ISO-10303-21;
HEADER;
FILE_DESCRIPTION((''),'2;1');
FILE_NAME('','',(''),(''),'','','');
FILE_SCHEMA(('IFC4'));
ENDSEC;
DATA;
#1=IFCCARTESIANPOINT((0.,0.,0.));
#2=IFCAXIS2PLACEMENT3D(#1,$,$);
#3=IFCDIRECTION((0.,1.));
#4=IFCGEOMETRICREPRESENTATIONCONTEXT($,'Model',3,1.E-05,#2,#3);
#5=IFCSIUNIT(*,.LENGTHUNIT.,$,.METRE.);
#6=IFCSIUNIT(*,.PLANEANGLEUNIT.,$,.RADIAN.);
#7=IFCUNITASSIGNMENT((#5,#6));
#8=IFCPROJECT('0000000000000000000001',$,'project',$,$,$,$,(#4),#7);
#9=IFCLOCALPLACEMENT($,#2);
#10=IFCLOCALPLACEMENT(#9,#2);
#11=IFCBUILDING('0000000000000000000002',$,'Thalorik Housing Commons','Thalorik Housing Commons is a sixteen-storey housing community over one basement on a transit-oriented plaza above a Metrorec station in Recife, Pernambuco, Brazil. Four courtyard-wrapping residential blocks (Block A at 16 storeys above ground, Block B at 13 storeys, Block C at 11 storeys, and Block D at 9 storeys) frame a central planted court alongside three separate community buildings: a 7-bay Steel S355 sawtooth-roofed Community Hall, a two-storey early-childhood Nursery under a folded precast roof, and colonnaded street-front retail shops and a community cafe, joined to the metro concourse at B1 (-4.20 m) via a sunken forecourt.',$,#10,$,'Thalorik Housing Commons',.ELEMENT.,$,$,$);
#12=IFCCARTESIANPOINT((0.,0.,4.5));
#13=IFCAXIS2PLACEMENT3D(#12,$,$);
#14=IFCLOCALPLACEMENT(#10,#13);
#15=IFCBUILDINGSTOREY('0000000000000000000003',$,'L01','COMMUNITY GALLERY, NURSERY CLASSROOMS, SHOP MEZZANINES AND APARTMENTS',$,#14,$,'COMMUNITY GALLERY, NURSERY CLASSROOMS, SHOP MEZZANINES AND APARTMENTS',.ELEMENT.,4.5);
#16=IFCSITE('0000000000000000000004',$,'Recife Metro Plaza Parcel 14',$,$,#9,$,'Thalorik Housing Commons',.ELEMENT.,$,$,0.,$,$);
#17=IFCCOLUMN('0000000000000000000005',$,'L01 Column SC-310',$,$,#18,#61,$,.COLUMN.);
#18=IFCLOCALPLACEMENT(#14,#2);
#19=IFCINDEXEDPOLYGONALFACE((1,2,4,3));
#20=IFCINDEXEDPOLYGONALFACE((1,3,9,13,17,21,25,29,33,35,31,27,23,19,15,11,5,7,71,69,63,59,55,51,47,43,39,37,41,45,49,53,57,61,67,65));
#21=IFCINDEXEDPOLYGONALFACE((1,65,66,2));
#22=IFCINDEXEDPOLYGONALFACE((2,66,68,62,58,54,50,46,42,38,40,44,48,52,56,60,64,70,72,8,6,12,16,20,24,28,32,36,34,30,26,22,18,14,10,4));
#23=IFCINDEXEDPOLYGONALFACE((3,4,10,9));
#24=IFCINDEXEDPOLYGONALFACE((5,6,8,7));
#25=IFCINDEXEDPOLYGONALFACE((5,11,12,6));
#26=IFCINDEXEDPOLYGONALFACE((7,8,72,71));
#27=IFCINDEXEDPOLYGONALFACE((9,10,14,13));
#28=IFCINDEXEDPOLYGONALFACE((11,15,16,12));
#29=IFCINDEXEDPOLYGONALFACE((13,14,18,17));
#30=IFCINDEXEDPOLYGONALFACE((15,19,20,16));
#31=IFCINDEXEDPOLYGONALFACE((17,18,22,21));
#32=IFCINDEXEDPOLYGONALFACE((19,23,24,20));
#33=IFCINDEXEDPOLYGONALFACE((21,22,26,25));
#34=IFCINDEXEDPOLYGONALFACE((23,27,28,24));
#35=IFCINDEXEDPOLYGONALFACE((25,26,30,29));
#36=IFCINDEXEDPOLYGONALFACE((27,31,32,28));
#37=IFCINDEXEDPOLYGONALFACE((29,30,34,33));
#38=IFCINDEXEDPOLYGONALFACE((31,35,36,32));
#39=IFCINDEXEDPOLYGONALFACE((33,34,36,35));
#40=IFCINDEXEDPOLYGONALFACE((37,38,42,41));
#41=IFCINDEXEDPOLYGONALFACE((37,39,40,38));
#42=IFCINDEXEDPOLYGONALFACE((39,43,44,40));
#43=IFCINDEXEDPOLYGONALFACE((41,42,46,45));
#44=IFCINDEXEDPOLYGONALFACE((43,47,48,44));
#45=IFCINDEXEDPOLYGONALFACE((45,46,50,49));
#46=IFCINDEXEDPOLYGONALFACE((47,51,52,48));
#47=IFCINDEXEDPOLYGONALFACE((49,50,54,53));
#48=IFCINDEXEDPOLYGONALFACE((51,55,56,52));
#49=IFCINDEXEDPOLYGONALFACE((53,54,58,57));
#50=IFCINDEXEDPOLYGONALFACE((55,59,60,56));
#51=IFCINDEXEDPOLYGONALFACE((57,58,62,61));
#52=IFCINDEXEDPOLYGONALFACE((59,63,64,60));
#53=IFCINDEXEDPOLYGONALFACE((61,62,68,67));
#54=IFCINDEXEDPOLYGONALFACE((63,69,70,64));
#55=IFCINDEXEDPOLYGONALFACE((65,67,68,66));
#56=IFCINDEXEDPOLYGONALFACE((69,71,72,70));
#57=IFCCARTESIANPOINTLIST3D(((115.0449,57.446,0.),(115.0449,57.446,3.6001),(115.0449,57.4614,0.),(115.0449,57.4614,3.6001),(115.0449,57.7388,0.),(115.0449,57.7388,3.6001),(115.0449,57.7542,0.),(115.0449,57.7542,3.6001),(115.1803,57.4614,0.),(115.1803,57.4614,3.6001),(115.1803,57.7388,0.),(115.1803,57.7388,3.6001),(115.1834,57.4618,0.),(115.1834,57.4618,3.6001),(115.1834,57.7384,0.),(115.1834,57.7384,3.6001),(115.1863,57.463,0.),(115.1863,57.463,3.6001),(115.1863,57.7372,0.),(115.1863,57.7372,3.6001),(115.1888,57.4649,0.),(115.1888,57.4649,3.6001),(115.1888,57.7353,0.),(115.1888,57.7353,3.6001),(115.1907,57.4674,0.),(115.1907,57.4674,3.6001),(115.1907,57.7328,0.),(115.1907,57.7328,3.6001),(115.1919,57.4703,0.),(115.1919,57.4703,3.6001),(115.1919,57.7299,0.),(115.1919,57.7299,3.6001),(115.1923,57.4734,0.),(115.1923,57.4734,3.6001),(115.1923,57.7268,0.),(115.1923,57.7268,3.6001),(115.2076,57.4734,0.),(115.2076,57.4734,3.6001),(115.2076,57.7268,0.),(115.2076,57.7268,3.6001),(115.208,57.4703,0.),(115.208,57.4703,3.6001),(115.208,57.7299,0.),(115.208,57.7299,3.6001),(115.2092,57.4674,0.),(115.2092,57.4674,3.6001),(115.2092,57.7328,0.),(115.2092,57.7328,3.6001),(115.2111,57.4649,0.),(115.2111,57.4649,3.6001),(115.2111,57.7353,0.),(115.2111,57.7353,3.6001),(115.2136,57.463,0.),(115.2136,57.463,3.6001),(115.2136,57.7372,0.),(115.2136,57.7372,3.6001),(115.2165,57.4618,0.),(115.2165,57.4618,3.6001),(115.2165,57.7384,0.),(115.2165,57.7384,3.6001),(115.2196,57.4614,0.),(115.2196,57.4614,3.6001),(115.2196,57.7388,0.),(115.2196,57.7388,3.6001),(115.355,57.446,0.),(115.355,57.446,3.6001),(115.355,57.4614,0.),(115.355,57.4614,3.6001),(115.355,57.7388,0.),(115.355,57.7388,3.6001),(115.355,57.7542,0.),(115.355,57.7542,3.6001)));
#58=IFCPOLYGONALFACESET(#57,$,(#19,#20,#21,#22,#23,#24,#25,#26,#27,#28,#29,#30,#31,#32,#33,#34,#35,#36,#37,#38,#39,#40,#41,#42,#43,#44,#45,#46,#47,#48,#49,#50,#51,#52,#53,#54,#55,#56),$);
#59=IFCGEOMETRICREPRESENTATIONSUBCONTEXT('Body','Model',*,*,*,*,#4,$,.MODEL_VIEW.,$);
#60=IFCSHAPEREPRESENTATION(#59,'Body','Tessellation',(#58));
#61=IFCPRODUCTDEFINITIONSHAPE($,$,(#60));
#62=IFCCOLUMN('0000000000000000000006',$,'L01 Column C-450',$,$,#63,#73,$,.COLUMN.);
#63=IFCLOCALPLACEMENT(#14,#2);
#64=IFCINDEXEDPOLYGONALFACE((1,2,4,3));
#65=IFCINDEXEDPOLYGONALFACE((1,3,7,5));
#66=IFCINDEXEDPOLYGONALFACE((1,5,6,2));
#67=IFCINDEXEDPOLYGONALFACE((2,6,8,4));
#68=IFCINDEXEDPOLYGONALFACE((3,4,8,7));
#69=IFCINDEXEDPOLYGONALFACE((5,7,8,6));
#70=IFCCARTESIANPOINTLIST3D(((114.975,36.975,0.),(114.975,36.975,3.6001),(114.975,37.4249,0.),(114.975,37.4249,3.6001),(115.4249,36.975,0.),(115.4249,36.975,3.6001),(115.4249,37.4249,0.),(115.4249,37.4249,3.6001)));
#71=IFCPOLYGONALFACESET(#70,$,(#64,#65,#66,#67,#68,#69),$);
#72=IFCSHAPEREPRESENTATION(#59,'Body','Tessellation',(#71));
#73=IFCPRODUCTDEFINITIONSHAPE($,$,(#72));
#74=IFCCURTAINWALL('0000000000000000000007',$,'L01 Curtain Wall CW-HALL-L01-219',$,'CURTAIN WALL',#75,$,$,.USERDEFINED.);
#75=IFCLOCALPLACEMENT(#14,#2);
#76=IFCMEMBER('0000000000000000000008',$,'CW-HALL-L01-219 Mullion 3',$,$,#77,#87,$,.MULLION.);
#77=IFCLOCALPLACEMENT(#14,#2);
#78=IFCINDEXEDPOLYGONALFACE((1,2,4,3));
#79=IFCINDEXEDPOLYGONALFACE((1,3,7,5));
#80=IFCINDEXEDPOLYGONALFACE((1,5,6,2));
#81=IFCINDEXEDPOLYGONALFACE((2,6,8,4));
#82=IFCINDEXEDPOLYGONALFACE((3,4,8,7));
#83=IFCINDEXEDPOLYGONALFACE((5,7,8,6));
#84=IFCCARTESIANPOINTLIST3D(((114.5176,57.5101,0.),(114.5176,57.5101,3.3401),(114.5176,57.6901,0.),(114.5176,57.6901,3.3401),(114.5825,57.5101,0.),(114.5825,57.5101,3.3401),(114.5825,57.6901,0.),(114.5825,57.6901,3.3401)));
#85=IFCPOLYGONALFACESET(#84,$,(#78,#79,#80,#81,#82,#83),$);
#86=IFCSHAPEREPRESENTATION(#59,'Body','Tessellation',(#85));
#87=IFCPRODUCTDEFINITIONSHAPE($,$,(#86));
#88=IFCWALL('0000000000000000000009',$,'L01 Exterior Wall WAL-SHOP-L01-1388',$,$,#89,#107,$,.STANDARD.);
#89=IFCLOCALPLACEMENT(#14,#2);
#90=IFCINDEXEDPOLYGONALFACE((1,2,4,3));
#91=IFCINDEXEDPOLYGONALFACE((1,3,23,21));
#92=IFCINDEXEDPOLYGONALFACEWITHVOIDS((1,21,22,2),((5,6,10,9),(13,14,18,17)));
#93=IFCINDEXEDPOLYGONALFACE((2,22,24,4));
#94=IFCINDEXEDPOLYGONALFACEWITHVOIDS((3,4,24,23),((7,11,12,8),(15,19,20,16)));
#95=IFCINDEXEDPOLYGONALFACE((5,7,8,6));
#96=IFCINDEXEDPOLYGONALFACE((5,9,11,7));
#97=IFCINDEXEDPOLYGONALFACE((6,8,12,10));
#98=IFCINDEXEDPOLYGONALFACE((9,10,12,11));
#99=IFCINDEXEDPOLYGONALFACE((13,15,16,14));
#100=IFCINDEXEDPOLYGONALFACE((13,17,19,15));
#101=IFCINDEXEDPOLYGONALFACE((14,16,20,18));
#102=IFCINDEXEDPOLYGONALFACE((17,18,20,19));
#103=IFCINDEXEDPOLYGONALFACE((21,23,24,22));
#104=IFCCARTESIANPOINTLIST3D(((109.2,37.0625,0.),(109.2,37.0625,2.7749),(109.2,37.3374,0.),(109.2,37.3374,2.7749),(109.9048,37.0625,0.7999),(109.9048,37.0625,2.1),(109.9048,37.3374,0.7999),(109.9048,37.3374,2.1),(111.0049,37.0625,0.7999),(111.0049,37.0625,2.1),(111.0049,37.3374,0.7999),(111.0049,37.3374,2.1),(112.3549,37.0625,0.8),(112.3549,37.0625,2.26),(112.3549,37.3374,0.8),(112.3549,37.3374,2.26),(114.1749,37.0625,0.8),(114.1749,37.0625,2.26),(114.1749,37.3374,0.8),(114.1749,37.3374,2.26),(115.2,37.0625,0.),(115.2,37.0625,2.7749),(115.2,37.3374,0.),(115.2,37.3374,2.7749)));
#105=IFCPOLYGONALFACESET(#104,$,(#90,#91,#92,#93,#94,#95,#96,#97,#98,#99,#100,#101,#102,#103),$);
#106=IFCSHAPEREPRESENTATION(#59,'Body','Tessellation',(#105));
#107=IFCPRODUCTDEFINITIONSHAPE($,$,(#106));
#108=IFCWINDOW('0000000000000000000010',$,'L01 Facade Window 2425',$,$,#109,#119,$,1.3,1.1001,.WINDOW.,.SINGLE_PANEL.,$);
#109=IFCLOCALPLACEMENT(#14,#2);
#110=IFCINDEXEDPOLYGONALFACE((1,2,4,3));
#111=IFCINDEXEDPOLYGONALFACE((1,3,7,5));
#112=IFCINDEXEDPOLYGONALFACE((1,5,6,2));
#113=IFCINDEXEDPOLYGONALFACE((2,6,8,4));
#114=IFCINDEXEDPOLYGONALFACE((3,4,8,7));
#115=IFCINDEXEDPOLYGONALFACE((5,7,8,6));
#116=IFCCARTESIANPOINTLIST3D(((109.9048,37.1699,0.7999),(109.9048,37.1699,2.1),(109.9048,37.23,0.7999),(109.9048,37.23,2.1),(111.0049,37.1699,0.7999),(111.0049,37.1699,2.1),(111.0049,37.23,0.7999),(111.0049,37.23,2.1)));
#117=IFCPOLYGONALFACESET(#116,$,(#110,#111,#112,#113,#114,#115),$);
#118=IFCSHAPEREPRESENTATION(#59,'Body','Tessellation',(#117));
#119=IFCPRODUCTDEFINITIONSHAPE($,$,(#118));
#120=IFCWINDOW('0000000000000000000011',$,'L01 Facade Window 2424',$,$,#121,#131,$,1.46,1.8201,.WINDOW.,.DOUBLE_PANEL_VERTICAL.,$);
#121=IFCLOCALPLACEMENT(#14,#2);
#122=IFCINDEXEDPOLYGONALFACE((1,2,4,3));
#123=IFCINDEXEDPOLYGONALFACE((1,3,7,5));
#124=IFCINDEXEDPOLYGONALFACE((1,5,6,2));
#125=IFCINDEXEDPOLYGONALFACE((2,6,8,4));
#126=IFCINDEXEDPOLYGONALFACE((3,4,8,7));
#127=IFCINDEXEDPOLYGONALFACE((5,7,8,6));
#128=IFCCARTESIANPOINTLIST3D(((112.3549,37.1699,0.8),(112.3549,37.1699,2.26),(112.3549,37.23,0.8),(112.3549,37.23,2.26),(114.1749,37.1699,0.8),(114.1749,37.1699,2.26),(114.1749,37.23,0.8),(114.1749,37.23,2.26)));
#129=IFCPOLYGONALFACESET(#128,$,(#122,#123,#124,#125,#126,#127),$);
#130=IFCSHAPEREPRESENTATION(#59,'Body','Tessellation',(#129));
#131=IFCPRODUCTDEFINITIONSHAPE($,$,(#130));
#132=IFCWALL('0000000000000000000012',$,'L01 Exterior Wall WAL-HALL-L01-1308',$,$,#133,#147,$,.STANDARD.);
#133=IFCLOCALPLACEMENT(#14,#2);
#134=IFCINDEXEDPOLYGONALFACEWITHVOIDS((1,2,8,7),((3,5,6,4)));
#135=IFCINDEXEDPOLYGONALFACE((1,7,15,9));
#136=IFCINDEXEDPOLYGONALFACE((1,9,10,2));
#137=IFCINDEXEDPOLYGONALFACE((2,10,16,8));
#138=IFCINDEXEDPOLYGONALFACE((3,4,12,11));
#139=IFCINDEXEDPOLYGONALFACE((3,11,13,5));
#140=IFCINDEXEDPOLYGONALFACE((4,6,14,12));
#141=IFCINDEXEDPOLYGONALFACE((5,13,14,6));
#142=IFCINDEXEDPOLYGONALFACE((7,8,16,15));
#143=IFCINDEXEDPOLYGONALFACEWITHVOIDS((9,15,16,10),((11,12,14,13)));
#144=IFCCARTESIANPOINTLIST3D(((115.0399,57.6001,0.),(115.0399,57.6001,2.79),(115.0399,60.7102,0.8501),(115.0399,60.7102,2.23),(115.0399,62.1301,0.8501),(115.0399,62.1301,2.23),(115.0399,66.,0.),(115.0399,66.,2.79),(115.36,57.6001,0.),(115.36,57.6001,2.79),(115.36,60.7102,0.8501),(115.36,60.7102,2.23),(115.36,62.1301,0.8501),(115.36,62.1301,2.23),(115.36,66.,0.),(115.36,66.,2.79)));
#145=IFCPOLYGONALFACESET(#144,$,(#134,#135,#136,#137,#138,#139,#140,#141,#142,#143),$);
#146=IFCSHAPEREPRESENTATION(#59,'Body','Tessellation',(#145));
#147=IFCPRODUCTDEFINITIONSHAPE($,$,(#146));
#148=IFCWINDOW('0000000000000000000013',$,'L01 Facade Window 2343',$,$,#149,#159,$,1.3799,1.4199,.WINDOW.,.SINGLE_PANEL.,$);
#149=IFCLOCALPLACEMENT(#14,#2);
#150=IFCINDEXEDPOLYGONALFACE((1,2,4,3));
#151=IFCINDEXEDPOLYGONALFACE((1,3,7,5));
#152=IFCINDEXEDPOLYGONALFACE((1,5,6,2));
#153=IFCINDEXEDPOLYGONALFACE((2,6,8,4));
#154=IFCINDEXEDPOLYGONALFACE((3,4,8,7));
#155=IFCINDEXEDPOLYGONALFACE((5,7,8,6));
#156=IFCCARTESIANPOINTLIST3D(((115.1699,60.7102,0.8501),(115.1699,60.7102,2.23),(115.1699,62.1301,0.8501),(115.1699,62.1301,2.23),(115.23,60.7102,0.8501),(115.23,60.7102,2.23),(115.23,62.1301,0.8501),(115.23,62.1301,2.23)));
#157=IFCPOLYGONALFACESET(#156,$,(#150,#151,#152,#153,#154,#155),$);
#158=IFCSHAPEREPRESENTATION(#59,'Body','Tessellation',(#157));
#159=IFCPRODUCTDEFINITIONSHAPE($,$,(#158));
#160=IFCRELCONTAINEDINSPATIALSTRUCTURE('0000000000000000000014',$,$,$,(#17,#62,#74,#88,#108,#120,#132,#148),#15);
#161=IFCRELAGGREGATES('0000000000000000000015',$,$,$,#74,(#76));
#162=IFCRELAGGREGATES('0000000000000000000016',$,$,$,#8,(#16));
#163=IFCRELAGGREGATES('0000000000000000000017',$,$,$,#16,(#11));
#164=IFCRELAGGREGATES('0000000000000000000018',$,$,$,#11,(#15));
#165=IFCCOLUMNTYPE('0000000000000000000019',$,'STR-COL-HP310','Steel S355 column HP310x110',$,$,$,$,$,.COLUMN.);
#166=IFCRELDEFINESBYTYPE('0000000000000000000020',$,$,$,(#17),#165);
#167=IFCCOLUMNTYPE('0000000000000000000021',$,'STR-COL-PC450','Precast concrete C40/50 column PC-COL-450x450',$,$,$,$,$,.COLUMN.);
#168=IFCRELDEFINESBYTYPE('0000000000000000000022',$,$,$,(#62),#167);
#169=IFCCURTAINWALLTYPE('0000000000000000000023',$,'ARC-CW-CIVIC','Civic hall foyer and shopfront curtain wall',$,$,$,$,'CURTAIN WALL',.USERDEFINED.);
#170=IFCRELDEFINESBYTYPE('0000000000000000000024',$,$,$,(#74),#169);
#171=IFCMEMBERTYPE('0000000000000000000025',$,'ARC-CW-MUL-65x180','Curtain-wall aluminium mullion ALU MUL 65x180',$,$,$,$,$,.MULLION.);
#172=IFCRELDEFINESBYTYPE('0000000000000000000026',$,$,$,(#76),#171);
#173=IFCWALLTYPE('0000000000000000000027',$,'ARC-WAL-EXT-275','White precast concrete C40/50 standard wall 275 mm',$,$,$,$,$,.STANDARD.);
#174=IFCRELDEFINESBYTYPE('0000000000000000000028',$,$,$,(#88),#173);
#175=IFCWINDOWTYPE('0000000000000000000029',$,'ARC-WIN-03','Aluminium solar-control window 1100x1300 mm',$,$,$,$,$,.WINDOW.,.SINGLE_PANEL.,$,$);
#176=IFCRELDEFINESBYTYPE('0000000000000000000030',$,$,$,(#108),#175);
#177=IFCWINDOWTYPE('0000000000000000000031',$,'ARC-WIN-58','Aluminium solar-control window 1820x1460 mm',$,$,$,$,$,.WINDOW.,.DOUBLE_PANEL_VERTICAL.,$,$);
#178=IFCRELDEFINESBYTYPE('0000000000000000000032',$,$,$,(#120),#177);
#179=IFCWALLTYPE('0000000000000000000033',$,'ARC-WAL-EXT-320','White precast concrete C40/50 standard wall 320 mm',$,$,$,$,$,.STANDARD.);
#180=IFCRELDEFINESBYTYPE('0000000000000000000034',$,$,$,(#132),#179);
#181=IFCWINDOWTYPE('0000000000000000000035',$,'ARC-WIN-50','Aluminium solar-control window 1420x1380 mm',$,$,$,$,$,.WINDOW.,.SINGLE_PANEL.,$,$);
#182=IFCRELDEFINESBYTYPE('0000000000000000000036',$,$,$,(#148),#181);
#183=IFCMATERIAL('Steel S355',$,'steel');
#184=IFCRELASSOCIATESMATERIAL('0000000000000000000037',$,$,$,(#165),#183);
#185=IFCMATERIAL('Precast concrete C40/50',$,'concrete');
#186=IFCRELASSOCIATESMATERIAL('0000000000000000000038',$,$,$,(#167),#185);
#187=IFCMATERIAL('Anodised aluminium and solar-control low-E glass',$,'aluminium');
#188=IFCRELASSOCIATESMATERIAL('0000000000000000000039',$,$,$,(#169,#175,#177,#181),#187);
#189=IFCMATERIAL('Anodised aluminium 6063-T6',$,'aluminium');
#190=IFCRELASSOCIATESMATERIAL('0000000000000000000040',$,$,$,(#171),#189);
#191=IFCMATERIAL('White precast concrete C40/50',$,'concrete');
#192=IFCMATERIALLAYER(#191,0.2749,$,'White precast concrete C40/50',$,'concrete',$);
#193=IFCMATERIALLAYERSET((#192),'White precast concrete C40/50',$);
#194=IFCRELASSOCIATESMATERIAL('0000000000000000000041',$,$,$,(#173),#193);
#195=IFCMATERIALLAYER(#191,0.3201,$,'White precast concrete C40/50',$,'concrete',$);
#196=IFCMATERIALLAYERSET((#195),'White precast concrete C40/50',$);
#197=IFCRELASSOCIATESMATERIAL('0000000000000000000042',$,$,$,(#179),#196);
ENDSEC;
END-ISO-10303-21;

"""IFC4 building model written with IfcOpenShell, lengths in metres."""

from ifc_helpers import new_model, si_unit, direction, frame, frame_2d, origin, origin_2d, place, context, subcontext, project, spatial, rectangle, i_section, extrude, material, layer, layer_set, material_profile, profile_set, type_object, element, fill, aggregate, save


model = new_model("IFC4")

# Units and contexts
model_context = context("Model", 3, precision=1e-05, world=origin(), true_north=direction((0.0, 1.0)))
body_context = subcontext(model_context, "Body", "Model", "MODEL_VIEW")
ifc_project = project(units=[si_unit("LENGTHUNIT", "METRE"), si_unit("PLANEANGLEUNIT", "RADIAN")], contexts=[model_context])

# Site, building, storey
site_placement = place(None, origin())
site = spatial("IfcSite", under=ifc_project, at=site_placement, Name="Recife Metro Plaza Parcel 14", LongName="Thalorik Housing Commons", CompositionType="ELEMENT", RefElevation=0.0)
building_placement = place(site_placement, origin())
building = spatial("IfcBuilding", under=site, at=building_placement, Name="Thalorik Housing Commons", Description="Thalorik Housing Commons is a sixteen-storey housing community over one basement on a transit-oriented plaza above a Metrorec station in Recife, Pernambuco, Brazil. Four courtyard-wrapping residential blocks (Block A at 16 storeys above ground, Block B at 13 storeys, Block C at 11 storeys, and Block D at 9 storeys) frame a central planted court alongside three separate community buildings: a 7-bay Steel S355 sawtooth-roofed Community Hall, a two-storey early-childhood Nursery under a folded precast roof, and colonnaded street-front retail shops and a community cafe, joined to the metro concourse at B1 (-4.20 m) via a sunken forecourt.", LongName="Thalorik Housing Commons", CompositionType="ELEMENT")
storey_placement = place(building_placement, frame((0.0, 0.0, 4.5)))
storey = spatial("IfcBuildingStorey", under=building, at=storey_placement, Name="L01", Description="COMMUNITY GALLERY, NURSERY CLASSROOMS, SHOP MEZZANINES AND APARTMENTS", LongName="COMMUNITY GALLERY, NURSERY CLASSROOMS, SHOP MEZZANINES AND APARTMENTS", CompositionType="ELEMENT", Elevation=4.5)

# Columns
ifc_material_1 = material(Name="Steel S355", Category="steel")
ifc_material_profile_1 = material_profile(ifc_material_1, i_section(OverallWidth=0.3101, OverallDepth=0.3081, WebThickness=0.0154, FlangeThickness=0.0154, FilletRadius=0.012, at=origin_2d()), Name="HP310x110", Category="steel")
ifc_profile_set_1 = profile_set([ifc_material_profile_1], Name="Steel S355")
column_type_1 = type_object("IfcColumnType", Name="STR-COL-HP310", Description="Steel S355 column HP310x110", PredefinedType="COLUMN", material=ifc_profile_set_1)
column_1_placement = place(storey_placement, frame((115.2, 57.6001, 0.0), z_axis=(0.0, 0.0, 1.0), x_axis=(1.0, 0.0, 0.0)))
element("IfcColumn", 1, at=column_1_placement, inside=storey, type_object=column_type_1, Name="L01 Column SC-310", PredefinedType="COLUMN", context=body_context, shape_type="SweptSolid", body=[
    extrude(i_section(OverallWidth=0.3101, OverallDepth=0.3081, WebThickness=0.0154, FlangeThickness=0.0154, FilletRadius=0.012, at=origin_2d()), origin(), (0.0, 0.0, 1.0), 3.6001),
])
ifc_material_2 = material(Name="Precast concrete C40/50", Category="concrete")
ifc_material_profile_2 = material_profile(ifc_material_2, rectangle(XDim=0.45, YDim=0.45, at=origin_2d()), Name="PC 450x450", Category="concrete")
ifc_profile_set_2 = profile_set([ifc_material_profile_2], Name="Precast concrete C40/50")
column_type_2 = type_object("IfcColumnType", Name="STR-COL-PC450", Description="Precast concrete C40/50 column PC-COL-450x450", PredefinedType="COLUMN", material=ifc_profile_set_2)
column_2_placement = place(storey_placement, frame((115.2, 37.2, 0.0), z_axis=(0.0, 0.0, 1.0), x_axis=(1.0, 0.0, 0.0)))
element("IfcColumn", 2, at=column_2_placement, inside=storey, type_object=column_type_2, Name="L01 Column C-450", PredefinedType="COLUMN", context=body_context, shape_type="SweptSolid", body=[
    extrude(rectangle(XDim=0.45, YDim=0.45, at=origin_2d()), origin(), (0.0, 0.0, 1.0), 3.6001),
])

# Curtain wall, member
ifc_material_3 = material(Name="Anodised aluminium and solar-control low-E glass", Category="aluminium")
curtain_wall_type = type_object("IfcCurtainWallType", Name="ARC-CW-CIVIC", Description="Civic hall foyer and shopfront curtain wall", ElementType="CURTAIN WALL", PredefinedType="USERDEFINED", material=ifc_material_3)
curtain_wall_placement = place(storey_placement, origin())
curtain_wall = element("IfcCurtainWall", 3, at=curtain_wall_placement, inside=storey, type_object=curtain_wall_type, Name="L01 Curtain Wall CW-HALL-L01-219", ObjectType="CURTAIN WALL", PredefinedType="USERDEFINED")
ifc_material_4 = material(Name="Anodised aluminium 6063-T6", Category="aluminium")
ifc_material_profile_3 = material_profile(ifc_material_4, rectangle(XDim=0.0649, YDim=0.1799, at=origin_2d()), Name="ALU MUL 65x180", Category="aluminium")
ifc_profile_set_3 = profile_set([ifc_material_profile_3], Name="Anodised aluminium 6063-T6")
member_type = type_object("IfcMemberType", Name="ARC-CW-MUL-65x180", Description="Curtain-wall aluminium mullion ALU MUL 65x180", PredefinedType="MULLION", material=ifc_profile_set_3)
member_placement = place(storey_placement, frame((114.55, 57.6001, 0.0), z_axis=(0.0, 0.0, 1.0), x_axis=(1.0, 0.0, 0.0)))
member = element("IfcMember", 4, at=member_placement, type_object=member_type, Name="CW-HALL-L01-219 Mullion 3", PredefinedType="MULLION", context=body_context, shape_type="SweptSolid", body=[
    extrude(rectangle(XDim=0.0649, YDim=0.1799, at=origin_2d()), origin(), (0.0, 0.0, 1.0), 3.3401),
])
aggregate(curtain_wall, [member])

# Wall, openings, windows
ifc_material_5 = material(Name="White precast concrete C40/50", Category="concrete")
ifc_layer_1 = layer(ifc_material_5, 0.2749, Name="White precast concrete C40/50", Category="concrete")
ifc_layer_set_1 = layer_set([ifc_layer_1], Name="White precast concrete C40/50")
wall_type_1 = type_object("IfcWallType", Name="ARC-WAL-EXT-275", Description="White precast concrete C40/50 standard wall 275 mm", PredefinedType="STANDARD", material=ifc_layer_set_1)
wall_1_placement = place(storey_placement, frame((115.2, 37.2, 0.0), z_axis=(0.0, 0.0, 1.0), x_axis=(-1.0, 0.0, 0.0)))
wall_1 = element("IfcWall", 5, at=wall_1_placement, inside=storey, type_object=wall_type_1, Name="L01 Exterior Wall WAL-SHOP-L01-1388", PredefinedType="STANDARD", context=body_context, shape_type="SweptSolid", body=[
    extrude(rectangle(XDim=6.0, YDim=0.2749, at=frame_2d((3.0, 0.0))), origin(), (0.0, 0.0, 1.0), 2.7749),
])
opening_1_placement = place(wall_1_placement, frame((1.0249, 0.0, 0.8)))
opening_1 = element("IfcOpeningElement", 6, at=opening_1_placement, cuts=wall_1, PredefinedType="OPENING", context=body_context, shape_type="SweptSolid", body=[
    extrude(rectangle(XDim=1.8201, YDim=1.46, at=frame_2d((0.9102, 0.73))), frame((0.0, 0.1475, 0.0), z_axis=(0.0, -1.0, 0.0), x_axis=(1.0, 0.0, 0.0)), (0.0, 0.0, 1.0), 0.2949),
])
opening_2_placement = place(wall_1_placement, frame((4.1951, 0.0, 0.8)))
opening_2 = element("IfcOpeningElement", 7, at=opening_2_placement, cuts=wall_1, PredefinedType="OPENING", context=body_context, shape_type="SweptSolid", body=[
    extrude(rectangle(XDim=1.1001, YDim=1.3, at=frame_2d((0.55, 0.6499))), frame((0.0, 0.1475, 0.0), z_axis=(0.0, -1.0, 0.0), x_axis=(1.0, 0.0, 0.0)), (0.0, 0.0, 1.0), 0.2949),
])
window_type_1 = type_object("IfcWindowType", Name="ARC-WIN-03", Description="Aluminium solar-control window 1100x1300 mm", PartitioningType="SINGLE_PANEL", PredefinedType="WINDOW", material=ifc_material_3)
window_1_placement = place(opening_2_placement, origin())
window_1 = element("IfcWindow", 8, at=window_1_placement, inside=storey, type_object=window_type_1, Name="L01 Facade Window 2425", OverallHeight=1.3, OverallWidth=1.1001, PartitioningType="SINGLE_PANEL", PredefinedType="WINDOW", context=body_context, shape_type="SweptSolid", body=[
    extrude(rectangle(XDim=1.1001, YDim=1.3, at=frame_2d((0.55, 0.6499))), frame((0.0, 0.03, 0.0), z_axis=(0.0, -1.0, 0.0), x_axis=(1.0, 0.0, 0.0)), (0.0, 0.0, 1.0), 0.0601),
])
fill(opening_2, window_1)
window_type_2 = type_object("IfcWindowType", Name="ARC-WIN-58", Description="Aluminium solar-control window 1820x1460 mm", PartitioningType="DOUBLE_PANEL_VERTICAL", PredefinedType="WINDOW", material=ifc_material_3)
window_2_placement = place(opening_1_placement, origin())
window_2 = element("IfcWindow", 9, at=window_2_placement, inside=storey, type_object=window_type_2, Name="L01 Facade Window 2424", OverallHeight=1.46, OverallWidth=1.8201, PartitioningType="DOUBLE_PANEL_VERTICAL", PredefinedType="WINDOW", context=body_context, shape_type="SweptSolid", body=[
    extrude(rectangle(XDim=1.8201, YDim=1.46, at=frame_2d((0.9102, 0.73))), frame((0.0, 0.03, 0.0), z_axis=(0.0, -1.0, 0.0), x_axis=(1.0, 0.0, 0.0)), (0.0, 0.0, 1.0), 0.0601),
])
fill(opening_1, window_2)

# Wall, opening, window
ifc_layer_2 = layer(ifc_material_5, 0.3201, Name="White precast concrete C40/50", Category="concrete")
ifc_layer_set_2 = layer_set([ifc_layer_2], Name="White precast concrete C40/50")
wall_type_2 = type_object("IfcWallType", Name="ARC-WAL-EXT-320", Description="White precast concrete C40/50 standard wall 320 mm", PredefinedType="STANDARD", material=ifc_layer_set_2)
wall_2_placement = place(storey_placement, frame((115.2, 57.6001, 0.0), z_axis=(0.0, 0.0, 1.0), x_axis=(0.0, 1.0, 0.0)))
wall_2 = element("IfcWall", 10, at=wall_2_placement, inside=storey, type_object=wall_type_2, Name="L01 Exterior Wall WAL-HALL-L01-1308", PredefinedType="STANDARD", context=body_context, shape_type="SweptSolid", body=[
    extrude(rectangle(XDim=8.3999, YDim=0.3201, at=frame_2d((4.2, 0.0))), origin(), (0.0, 0.0, 1.0), 2.79),
])
opening_3_placement = place(wall_2_placement, frame((3.1101, 0.0, 0.8501)))
opening_3 = element("IfcOpeningElement", 11, at=opening_3_placement, cuts=wall_2, PredefinedType="OPENING", context=body_context, shape_type="SweptSolid", body=[
    extrude(rectangle(XDim=1.4199, YDim=1.3799, at=frame_2d((0.71, 0.6899))), frame((0.0, 0.1699, 0.0), z_axis=(0.0, -1.0, 0.0), x_axis=(1.0, 0.0, 0.0)), (0.0, 0.0, 1.0), 0.3401),
])
window_type_3 = type_object("IfcWindowType", Name="ARC-WIN-50", Description="Aluminium solar-control window 1420x1380 mm", PartitioningType="SINGLE_PANEL", PredefinedType="WINDOW", material=ifc_material_3)
window_3_placement = place(opening_3_placement, origin())
window_3 = element("IfcWindow", 12, at=window_3_placement, inside=storey, type_object=window_type_3, Name="L01 Facade Window 2343", OverallHeight=1.3799, OverallWidth=1.4199, PartitioningType="SINGLE_PANEL", PredefinedType="WINDOW", context=body_context, shape_type="SweptSolid", body=[
    extrude(rectangle(XDim=1.4199, YDim=1.3799, at=frame_2d((0.71, 0.6899))), frame((0.0, 0.03, 0.0), z_axis=(0.0, -1.0, 0.0), x_axis=(1.0, 0.0, 0.0)), (0.0, 0.0, 1.0), 0.0601),
])
fill(opening_3, window_3)

save(model, "model.ifc")
